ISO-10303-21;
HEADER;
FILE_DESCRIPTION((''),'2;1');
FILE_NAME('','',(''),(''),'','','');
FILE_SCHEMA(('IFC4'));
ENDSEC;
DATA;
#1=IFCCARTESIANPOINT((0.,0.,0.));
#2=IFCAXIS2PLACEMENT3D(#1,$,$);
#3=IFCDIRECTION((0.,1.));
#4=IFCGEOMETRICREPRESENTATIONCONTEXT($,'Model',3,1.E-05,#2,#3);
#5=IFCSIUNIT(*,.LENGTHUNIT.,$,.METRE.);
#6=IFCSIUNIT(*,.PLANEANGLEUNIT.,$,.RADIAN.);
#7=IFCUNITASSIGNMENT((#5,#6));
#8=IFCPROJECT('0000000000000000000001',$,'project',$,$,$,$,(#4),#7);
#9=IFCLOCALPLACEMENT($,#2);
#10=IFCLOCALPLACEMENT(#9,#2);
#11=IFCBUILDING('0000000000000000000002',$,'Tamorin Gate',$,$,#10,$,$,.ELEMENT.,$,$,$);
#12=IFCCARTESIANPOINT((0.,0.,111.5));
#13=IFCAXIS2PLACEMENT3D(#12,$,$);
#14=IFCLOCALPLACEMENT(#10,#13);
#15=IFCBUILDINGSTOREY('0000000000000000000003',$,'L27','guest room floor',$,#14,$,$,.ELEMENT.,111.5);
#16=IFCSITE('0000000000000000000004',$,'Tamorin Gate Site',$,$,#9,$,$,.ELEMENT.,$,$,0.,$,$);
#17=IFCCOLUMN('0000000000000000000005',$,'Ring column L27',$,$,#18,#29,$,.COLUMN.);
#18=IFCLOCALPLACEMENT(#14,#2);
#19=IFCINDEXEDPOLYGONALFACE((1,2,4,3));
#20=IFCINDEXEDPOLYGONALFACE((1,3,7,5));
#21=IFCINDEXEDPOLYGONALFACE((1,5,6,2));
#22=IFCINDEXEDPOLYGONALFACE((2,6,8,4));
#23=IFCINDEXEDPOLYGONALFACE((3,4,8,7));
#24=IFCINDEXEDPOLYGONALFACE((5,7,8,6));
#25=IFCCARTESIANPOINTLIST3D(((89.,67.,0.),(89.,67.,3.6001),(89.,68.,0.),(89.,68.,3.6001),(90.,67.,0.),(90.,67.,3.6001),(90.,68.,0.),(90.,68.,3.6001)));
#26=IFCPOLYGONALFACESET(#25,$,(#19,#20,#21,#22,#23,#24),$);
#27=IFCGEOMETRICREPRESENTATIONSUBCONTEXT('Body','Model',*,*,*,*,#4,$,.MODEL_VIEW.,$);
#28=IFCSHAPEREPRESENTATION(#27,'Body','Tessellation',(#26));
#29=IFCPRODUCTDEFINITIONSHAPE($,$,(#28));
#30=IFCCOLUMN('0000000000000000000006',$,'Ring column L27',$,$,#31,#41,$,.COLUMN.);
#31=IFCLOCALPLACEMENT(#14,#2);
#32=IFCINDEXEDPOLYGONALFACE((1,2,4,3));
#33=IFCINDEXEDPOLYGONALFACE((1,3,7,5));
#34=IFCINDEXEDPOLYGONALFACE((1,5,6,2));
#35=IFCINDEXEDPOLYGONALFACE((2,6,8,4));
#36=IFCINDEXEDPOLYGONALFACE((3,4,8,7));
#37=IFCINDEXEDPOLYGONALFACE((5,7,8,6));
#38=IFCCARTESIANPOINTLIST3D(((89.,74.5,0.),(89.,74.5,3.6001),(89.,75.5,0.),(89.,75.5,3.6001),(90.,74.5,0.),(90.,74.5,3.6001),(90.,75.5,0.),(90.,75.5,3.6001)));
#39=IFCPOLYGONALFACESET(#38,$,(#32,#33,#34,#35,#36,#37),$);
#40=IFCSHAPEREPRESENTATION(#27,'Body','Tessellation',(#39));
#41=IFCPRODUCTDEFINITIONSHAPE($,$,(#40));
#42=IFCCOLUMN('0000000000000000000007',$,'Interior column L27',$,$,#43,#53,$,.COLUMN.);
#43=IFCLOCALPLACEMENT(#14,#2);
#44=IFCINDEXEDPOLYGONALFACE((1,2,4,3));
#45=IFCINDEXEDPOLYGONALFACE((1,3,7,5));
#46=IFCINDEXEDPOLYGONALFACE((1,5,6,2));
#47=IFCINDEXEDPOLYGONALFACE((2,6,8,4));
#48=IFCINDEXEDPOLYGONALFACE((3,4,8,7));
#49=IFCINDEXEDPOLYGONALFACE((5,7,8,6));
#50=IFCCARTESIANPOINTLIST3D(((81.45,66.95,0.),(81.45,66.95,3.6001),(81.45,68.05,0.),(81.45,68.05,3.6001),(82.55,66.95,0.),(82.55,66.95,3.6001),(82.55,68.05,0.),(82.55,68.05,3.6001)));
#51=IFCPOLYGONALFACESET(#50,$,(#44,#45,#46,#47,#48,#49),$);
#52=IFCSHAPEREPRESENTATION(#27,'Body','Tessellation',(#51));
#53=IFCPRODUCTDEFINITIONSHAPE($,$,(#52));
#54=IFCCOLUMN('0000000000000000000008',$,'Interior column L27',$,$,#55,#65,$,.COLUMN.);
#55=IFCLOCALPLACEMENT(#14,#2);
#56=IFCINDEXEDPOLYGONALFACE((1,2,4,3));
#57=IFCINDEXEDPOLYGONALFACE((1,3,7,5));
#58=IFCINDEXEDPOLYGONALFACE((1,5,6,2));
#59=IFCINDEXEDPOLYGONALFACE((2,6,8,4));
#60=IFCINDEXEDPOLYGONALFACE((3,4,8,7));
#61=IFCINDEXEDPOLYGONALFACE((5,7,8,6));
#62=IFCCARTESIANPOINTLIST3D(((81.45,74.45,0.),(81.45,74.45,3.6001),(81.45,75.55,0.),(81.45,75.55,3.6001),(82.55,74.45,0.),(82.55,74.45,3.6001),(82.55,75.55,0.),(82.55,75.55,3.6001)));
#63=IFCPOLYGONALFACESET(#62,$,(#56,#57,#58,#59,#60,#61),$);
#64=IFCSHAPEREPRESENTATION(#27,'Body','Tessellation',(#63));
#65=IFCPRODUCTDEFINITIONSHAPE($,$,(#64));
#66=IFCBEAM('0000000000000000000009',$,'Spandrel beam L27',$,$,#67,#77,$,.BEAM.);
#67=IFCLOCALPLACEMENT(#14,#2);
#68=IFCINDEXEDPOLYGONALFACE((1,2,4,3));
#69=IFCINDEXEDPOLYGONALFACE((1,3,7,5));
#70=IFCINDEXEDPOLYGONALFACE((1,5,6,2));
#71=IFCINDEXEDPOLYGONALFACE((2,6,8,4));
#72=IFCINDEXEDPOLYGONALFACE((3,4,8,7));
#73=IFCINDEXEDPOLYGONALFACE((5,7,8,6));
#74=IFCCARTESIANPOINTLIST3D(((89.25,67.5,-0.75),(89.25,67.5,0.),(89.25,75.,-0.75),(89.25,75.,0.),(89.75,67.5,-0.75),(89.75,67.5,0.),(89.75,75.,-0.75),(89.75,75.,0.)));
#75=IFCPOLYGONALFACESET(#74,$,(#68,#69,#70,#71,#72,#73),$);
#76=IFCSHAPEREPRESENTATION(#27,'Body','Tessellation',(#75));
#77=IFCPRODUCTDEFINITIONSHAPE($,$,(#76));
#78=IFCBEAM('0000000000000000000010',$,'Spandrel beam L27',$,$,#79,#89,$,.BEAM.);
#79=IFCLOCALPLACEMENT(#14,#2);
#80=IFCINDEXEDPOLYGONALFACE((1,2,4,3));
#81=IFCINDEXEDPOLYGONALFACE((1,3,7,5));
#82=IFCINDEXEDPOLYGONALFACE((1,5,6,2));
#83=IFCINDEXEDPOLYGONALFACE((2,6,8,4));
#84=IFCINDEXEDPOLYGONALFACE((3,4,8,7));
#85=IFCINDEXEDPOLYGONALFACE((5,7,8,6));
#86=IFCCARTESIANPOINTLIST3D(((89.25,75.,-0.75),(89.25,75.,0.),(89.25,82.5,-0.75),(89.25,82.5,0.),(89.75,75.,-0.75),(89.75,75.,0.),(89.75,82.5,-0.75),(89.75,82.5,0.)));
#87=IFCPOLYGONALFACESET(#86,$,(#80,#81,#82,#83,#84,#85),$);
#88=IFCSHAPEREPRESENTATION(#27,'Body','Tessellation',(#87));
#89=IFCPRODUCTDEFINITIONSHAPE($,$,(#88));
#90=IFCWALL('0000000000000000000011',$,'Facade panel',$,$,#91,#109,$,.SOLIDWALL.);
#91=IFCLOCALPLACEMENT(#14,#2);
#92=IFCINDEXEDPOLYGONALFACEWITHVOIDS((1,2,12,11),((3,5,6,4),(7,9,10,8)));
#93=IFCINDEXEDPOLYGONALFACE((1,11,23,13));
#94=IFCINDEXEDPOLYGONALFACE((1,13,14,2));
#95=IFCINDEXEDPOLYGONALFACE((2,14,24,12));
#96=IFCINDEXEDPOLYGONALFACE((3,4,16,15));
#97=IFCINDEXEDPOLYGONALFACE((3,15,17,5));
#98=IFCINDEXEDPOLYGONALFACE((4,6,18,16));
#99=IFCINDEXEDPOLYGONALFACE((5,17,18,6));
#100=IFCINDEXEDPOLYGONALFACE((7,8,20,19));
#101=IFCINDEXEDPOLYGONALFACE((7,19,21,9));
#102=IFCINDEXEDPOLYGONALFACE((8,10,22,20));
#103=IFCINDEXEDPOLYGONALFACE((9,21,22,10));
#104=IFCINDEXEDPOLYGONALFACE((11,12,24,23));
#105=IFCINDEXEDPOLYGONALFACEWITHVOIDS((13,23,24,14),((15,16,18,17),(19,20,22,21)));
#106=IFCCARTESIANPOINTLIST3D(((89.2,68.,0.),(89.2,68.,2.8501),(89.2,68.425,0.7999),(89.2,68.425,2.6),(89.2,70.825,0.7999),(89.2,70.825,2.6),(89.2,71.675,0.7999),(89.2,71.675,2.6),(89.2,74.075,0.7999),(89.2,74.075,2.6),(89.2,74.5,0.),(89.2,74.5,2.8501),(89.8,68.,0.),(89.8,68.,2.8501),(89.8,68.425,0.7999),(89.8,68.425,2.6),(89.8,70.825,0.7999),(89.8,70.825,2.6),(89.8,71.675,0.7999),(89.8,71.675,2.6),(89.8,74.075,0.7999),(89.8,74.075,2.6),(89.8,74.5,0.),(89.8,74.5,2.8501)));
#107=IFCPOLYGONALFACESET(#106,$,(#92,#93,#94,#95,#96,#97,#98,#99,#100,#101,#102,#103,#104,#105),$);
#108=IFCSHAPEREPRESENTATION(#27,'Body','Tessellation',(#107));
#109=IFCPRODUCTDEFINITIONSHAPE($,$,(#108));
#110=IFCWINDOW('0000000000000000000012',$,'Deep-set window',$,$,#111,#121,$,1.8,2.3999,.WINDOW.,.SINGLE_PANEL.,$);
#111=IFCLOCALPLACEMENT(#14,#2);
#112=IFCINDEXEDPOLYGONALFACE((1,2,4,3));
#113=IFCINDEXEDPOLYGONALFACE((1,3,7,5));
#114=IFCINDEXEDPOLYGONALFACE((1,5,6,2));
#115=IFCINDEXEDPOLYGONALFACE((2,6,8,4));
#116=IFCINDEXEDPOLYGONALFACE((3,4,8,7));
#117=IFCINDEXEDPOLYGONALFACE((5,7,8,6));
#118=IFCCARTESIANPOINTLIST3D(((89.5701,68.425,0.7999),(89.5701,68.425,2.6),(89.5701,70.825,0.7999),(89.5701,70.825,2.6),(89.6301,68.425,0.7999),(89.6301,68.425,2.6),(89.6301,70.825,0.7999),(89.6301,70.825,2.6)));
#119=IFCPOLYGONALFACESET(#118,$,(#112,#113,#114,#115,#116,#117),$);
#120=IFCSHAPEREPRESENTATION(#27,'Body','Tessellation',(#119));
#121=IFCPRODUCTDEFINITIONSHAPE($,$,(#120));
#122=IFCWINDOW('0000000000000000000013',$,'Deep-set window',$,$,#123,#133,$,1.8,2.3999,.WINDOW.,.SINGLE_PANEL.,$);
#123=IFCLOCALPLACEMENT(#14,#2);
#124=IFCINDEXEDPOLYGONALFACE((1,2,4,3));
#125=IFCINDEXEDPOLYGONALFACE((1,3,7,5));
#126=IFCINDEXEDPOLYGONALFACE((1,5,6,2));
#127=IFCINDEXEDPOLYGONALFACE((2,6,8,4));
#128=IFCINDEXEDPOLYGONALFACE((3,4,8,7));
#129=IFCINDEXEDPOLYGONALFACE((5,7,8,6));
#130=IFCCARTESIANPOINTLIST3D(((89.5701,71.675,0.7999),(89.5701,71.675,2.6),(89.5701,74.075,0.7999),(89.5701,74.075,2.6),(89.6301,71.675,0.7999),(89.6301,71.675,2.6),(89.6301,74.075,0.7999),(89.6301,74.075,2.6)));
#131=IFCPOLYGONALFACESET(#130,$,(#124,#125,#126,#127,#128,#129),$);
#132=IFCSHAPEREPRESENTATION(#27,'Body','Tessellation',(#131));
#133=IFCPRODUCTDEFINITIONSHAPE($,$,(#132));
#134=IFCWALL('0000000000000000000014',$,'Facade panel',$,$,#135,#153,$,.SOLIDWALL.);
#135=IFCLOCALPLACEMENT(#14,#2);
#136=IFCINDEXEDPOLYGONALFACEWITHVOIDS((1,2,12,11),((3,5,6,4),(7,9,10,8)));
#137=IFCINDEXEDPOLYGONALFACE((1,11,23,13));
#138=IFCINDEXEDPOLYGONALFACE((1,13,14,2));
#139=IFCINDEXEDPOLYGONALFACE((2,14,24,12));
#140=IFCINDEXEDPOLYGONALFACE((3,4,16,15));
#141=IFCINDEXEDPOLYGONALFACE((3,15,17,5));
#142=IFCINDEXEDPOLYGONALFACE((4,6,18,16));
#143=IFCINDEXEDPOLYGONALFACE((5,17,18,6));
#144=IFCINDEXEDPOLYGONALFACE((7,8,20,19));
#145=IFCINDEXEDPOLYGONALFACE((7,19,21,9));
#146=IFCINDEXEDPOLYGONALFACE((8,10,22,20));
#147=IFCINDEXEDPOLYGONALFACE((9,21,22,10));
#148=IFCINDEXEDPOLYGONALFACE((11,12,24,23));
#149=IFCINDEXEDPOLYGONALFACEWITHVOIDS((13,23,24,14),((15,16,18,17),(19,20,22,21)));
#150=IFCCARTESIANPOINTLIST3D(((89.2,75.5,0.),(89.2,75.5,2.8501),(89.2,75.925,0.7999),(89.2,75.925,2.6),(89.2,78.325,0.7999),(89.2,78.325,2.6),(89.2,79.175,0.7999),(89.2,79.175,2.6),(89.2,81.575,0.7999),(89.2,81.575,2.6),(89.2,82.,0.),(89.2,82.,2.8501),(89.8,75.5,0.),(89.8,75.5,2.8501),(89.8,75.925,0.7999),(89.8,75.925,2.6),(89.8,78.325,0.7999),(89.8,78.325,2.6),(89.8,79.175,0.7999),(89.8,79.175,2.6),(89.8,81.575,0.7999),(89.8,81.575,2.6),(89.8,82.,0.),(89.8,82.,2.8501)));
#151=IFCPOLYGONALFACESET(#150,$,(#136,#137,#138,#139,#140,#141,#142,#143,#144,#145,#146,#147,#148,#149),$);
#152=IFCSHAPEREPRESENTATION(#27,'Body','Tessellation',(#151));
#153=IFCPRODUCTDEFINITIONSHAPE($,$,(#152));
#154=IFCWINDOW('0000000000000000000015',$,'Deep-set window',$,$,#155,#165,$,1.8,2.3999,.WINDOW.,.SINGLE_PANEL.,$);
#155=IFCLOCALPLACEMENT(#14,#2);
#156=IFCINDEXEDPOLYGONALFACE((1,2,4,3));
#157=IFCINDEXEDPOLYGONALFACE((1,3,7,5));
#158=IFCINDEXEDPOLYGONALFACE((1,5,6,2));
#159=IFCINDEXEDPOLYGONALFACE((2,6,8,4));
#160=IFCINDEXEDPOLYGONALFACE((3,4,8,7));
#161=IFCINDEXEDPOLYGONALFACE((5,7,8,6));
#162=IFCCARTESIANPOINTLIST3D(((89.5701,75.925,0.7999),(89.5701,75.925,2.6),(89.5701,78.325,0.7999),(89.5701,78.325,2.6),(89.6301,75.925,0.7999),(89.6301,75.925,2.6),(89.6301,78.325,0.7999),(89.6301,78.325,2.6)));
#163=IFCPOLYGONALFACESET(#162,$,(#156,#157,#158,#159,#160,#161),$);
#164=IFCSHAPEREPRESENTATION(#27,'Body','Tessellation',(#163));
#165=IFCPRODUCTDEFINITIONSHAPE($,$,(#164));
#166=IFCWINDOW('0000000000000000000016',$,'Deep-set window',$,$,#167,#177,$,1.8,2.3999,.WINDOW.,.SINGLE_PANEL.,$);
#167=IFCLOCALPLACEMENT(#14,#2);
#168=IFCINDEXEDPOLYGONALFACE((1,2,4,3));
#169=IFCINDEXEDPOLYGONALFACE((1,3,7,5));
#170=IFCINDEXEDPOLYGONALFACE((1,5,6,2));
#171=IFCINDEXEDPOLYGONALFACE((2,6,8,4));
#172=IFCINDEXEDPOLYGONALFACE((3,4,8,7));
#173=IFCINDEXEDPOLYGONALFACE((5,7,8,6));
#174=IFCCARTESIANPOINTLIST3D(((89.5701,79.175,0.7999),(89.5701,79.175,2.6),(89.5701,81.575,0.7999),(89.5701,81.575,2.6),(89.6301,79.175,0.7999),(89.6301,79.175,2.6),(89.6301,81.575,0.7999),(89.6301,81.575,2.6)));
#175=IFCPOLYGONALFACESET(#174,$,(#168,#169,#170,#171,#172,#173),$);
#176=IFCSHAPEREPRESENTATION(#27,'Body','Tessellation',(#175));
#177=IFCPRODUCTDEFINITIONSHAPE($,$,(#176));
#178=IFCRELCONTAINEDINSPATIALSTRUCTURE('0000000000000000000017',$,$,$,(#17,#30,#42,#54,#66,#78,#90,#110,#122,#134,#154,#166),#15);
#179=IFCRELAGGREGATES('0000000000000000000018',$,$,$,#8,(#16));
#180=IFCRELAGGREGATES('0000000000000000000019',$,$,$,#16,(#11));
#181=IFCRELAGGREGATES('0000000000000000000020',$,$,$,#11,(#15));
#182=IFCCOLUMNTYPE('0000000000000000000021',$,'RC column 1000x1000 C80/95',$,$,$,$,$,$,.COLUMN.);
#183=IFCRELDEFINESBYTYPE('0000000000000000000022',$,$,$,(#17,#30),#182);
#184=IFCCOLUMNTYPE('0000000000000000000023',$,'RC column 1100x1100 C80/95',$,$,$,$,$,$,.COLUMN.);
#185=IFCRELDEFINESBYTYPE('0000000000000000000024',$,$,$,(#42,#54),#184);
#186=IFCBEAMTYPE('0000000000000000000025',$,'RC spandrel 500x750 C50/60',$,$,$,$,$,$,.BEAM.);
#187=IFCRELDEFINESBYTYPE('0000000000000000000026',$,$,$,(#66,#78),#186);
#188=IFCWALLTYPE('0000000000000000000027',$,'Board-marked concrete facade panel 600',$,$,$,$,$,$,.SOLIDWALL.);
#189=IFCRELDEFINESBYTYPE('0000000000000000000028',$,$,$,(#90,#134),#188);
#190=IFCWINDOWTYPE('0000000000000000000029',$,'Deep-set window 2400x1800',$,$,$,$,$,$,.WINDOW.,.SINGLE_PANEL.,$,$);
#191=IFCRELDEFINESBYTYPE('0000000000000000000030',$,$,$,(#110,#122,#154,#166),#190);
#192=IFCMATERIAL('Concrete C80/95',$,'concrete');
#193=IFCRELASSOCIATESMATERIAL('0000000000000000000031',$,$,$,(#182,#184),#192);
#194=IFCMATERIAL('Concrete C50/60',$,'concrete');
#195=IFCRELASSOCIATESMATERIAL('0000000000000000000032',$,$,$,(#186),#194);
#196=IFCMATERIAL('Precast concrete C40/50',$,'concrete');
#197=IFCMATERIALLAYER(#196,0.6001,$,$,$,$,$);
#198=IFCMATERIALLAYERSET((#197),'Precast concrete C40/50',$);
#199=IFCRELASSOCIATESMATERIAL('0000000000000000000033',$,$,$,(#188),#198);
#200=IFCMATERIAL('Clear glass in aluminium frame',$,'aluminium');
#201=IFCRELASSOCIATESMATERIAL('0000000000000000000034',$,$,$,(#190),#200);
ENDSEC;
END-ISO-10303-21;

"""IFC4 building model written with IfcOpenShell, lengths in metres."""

from ifc_helpers import new_model, si_unit, direction, frame, frame_2d, origin, origin_2d, place, context, subcontext, project, spatial, rectangle, extrude, material, layer, layer_set, material_profile, profile_set, type_object, element, fill, save


model = new_model("IFC4")

# Units and contexts
model_context = context("Model", 3, precision=1e-05, world=origin(), true_north=direction((0.0, 1.0)))
body_context = subcontext(model_context, "Body", "Model", "MODEL_VIEW")
ifc_project = project(units=[si_unit("LENGTHUNIT", "METRE"), si_unit("PLANEANGLEUNIT", "RADIAN")], contexts=[model_context])

# Site, building, storey
site_placement = place(None, origin())
site = spatial("IfcSite", under=ifc_project, at=site_placement, Name="Tamorin Gate Site", CompositionType="ELEMENT", RefElevation=0.0)
building_placement = place(site_placement, origin())
building = spatial("IfcBuilding", under=site, at=building_placement, Name="Tamorin Gate", CompositionType="ELEMENT")
storey_placement = place(building_placement, frame((0.0, 0.0, 111.5)))
storey = spatial("IfcBuildingStorey", under=building, at=storey_placement, Name="L27", Description="guest room floor", CompositionType="ELEMENT", Elevation=111.5)

# Columns
ifc_material_1 = material(Name="Concrete C80/95", Category="concrete")
ifc_material_profile_1 = material_profile(ifc_material_1, rectangle(XDim=1.0, YDim=1.0, at=origin_2d()), Name="RC 1000x1000")
ifc_profile_set_1 = profile_set([ifc_material_profile_1], Name="Concrete C80/95")
column_type_1 = type_object("IfcColumnType", Name="RC column 1000x1000 C80/95", PredefinedType="COLUMN", material=ifc_profile_set_1)
for number, where, z_axis, x_axis, name in (
    (1, (89.5, 67.5, 0.0), (0.0, 0.0, 1.0), (1.0, 0.0, 0.0), "Ring column L27"),
    (2, (89.5, 75.0, 0.0), (0.0, 0.0, 1.0), (1.0, 0.0, 0.0), "Ring column L27"),
):
    element("IfcColumn", number, at=place(storey_placement, frame(where, z_axis=z_axis, x_axis=x_axis)), inside=storey, type_object=column_type_1, Name=name, PredefinedType="COLUMN", context=body_context, shape_type="SweptSolid", body=[
        extrude(rectangle(XDim=1.0, YDim=1.0, at=origin_2d()), origin(), (0.0, 0.0, 1.0), 3.6001),
    ])
ifc_material_profile_2 = material_profile(ifc_material_1, rectangle(XDim=1.1001, YDim=1.1001, at=origin_2d()), Name="RC 1100x1100")
ifc_profile_set_2 = profile_set([ifc_material_profile_2], Name="Concrete C80/95")
column_type_2 = type_object("IfcColumnType", Name="RC column 1100x1100 C80/95", PredefinedType="COLUMN", material=ifc_profile_set_2)
for number, where, z_axis, x_axis, name in (
    (3, (82.0, 67.5, 0.0), (0.0, 0.0, 1.0), (1.0, 0.0, 0.0), "Interior column L27"),
    (4, (82.0, 75.0, 0.0), (0.0, 0.0, 1.0), (1.0, 0.0, 0.0), "Interior column L27"),
):
    element("IfcColumn", number, at=place(storey_placement, frame(where, z_axis=z_axis, x_axis=x_axis)), inside=storey, type_object=column_type_2, Name=name, PredefinedType="COLUMN", context=body_context, shape_type="SweptSolid", body=[
        extrude(rectangle(XDim=1.1001, YDim=1.1001, at=origin_2d()), origin(), (0.0, 0.0, 1.0), 3.6001),
    ])

# Beams
ifc_material_2 = material(Name="Concrete C50/60", Category="concrete")
ifc_material_profile_3 = material_profile(ifc_material_2, rectangle(XDim=0.5, YDim=0.75, at=origin_2d()), Name="RC 500x750")
ifc_profile_set_3 = profile_set([ifc_material_profile_3], Name="Concrete C50/60")
beam_type = type_object("IfcBeamType", Name="RC spandrel 500x750 C50/60", PredefinedType="BEAM", material=ifc_profile_set_3)
for number, where, z_axis, x_axis, name in (
    (5, (89.5, 67.5, -0.375), (0.0, 1.0, 0.0), (-1.0, 0.0, 0.0), "Spandrel beam L27"),
    (6, (89.5, 75.0, -0.375), (0.0, 1.0, 0.0), (-1.0, 0.0, 0.0), "Spandrel beam L27"),
):
    element("IfcBeam", number, at=place(storey_placement, frame(where, z_axis=z_axis, x_axis=x_axis)), inside=storey, type_object=beam_type, Name=name, PredefinedType="BEAM", context=body_context, shape_type="SweptSolid", body=[
        extrude(rectangle(XDim=0.5, YDim=0.75, at=origin_2d()), origin(), (0.0, 0.0, 1.0), 7.5),
    ])

# Walls, openings, windows
ifc_material_3 = material(Name="Precast concrete C40/50", Category="concrete")
ifc_layer_1 = layer(ifc_material_3, 0.6001)
ifc_layer_set_1 = layer_set([ifc_layer_1], Name="Precast concrete C40/50")
wall_type_1 = type_object("IfcWallType", Name="Board-marked concrete facade panel 600", PredefinedType="SOLIDWALL", material=ifc_layer_set_1)
wall_1_placement = place(storey_placement, frame((89.5, 68.0, 0.0), z_axis=(0.0, 0.0, 1.0), x_axis=(0.0, 1.0, 0.0)))
wall_1 = element("IfcWall", 7, at=wall_1_placement, inside=storey, type_object=wall_type_1, Name="Facade panel", PredefinedType="SOLIDWALL", context=body_context, shape_type="SweptSolid", body=[
    extrude(rectangle(XDim=6.5, YDim=0.6001, at=frame_2d((3.25, 0.0))), origin(), (0.0, 0.0, 1.0), 2.8501),
])
opening_1_placement = place(wall_1_placement, frame((0.425, 0.0, 0.8)))
opening_1 = element("IfcOpeningElement", 8, at=opening_1_placement, cuts=wall_1, PredefinedType="OPENING", context=body_context, shape_type="SweptSolid", body=[
    extrude(rectangle(XDim=2.3999, YDim=1.8, at=frame_2d((1.2, 0.8999))), frame((0.0, 0.3101, 0.0), z_axis=(0.0, -1.0, 0.0), x_axis=(1.0, 0.0, 0.0)), (0.0, 0.0, 1.0), 0.6201),
])
opening_2_placement = place(wall_1_placement, frame((3.675, 0.0, 0.8)))
opening_2 = element("IfcOpeningElement", 9, at=opening_2_placement, cuts=wall_1, PredefinedType="OPENING", context=body_context, shape_type="SweptSolid", body=[
    extrude(rectangle(XDim=2.3999, YDim=1.8, at=frame_2d((1.2, 0.8999))), frame((0.0, 0.3101, 0.0), z_axis=(0.0, -1.0, 0.0), x_axis=(1.0, 0.0, 0.0)), (0.0, 0.0, 1.0), 0.6201),
])
ifc_material_4 = material(Name="Clear glass in aluminium frame", Category="aluminium")
window_type = type_object("IfcWindowType", Name="Deep-set window 2400x1800", PartitioningType="SINGLE_PANEL", PredefinedType="WINDOW", material=ifc_material_4)
window_1_placement = place(opening_1_placement, origin())
window_1 = element("IfcWindow", 10, at=window_1_placement, inside=storey, type_object=window_type, Name="Deep-set window", OverallHeight=1.8, OverallWidth=2.3999, PartitioningType="SINGLE_PANEL", PredefinedType="WINDOW", context=body_context, shape_type="SweptSolid", body=[
    extrude(rectangle(XDim=2.3999, YDim=1.8, at=frame_2d((1.2, 0.8999))), frame((0.0, -0.0701, 0.0), z_axis=(0.0, -1.0, 0.0), x_axis=(1.0, 0.0, 0.0)), (0.0, 0.0, 1.0), 0.0601),
])
fill(opening_1, window_1)
window_2_placement = place(opening_2_placement, origin())
window_2 = element("IfcWindow", 11, at=window_2_placement, inside=storey, type_object=window_type, Name="Deep-set window", OverallHeight=1.8, OverallWidth=2.3999, PartitioningType="SINGLE_PANEL", PredefinedType="WINDOW", context=body_context, shape_type="SweptSolid", body=[
    extrude(rectangle(XDim=2.3999, YDim=1.8, at=frame_2d((1.2, 0.8999))), frame((0.0, -0.0701, 0.0), z_axis=(0.0, -1.0, 0.0), x_axis=(1.0, 0.0, 0.0)), (0.0, 0.0, 1.0), 0.0601),
])
fill(opening_2, window_2)
wall_2_placement = place(storey_placement, frame((89.5, 75.5, 0.0), z_axis=(0.0, 0.0, 1.0), x_axis=(0.0, 1.0, 0.0)))
wall_2 = element("IfcWall", 12, at=wall_2_placement, inside=storey, type_object=wall_type_1, Name="Facade panel", PredefinedType="SOLIDWALL", context=body_context, shape_type="SweptSolid", body=[
    extrude(rectangle(XDim=6.5, YDim=0.6001, at=frame_2d((3.25, 0.0))), origin(), (0.0, 0.0, 1.0), 2.8501),
])
opening_3_placement = place(wall_2_placement, frame((0.425, 0.0, 0.8)))
opening_3 = element("IfcOpeningElement", 13, at=opening_3_placement, cuts=wall_2, PredefinedType="OPENING", context=body_context, shape_type="SweptSolid", body=[
    extrude(rectangle(XDim=2.3999, YDim=1.8, at=frame_2d((1.2, 0.8999))), frame((0.0, 0.3101, 0.0), z_axis=(0.0, -1.0, 0.0), x_axis=(1.0, 0.0, 0.0)), (0.0, 0.0, 1.0), 0.6201),
])
opening_4_placement = place(wall_2_placement, frame((3.675, 0.0, 0.8)))
opening_4 = element("IfcOpeningElement", 14, at=opening_4_placement, cuts=wall_2, PredefinedType="OPENING", context=body_context, shape_type="SweptSolid", body=[
    extrude(rectangle(XDim=2.3999, YDim=1.8, at=frame_2d((1.2, 0.8999))), frame((0.0, 0.3101, 0.0), z_axis=(0.0, -1.0, 0.0), x_axis=(1.0, 0.0, 0.0)), (0.0, 0.0, 1.0), 0.6201),
])
window_3_placement = place(opening_3_placement, origin())
window_3 = element("IfcWindow", 15, at=window_3_placement, inside=storey, type_object=window_type, Name="Deep-set window", OverallHeight=1.8, OverallWidth=2.3999, PartitioningType="SINGLE_PANEL", PredefinedType="WINDOW", context=body_context, shape_type="SweptSolid", body=[
    extrude(rectangle(XDim=2.3999, YDim=1.8, at=frame_2d((1.2, 0.8999))), frame((0.0, -0.0701, 0.0), z_axis=(0.0, -1.0, 0.0), x_axis=(1.0, 0.0, 0.0)), (0.0, 0.0, 1.0), 0.0601),
])
fill(opening_3, window_3)
window_4_placement = place(opening_4_placement, origin())
window_4 = element("IfcWindow", 16, at=window_4_placement, inside=storey, type_object=window_type, Name="Deep-set window", OverallHeight=1.8, OverallWidth=2.3999, PartitioningType="SINGLE_PANEL", PredefinedType="WINDOW", context=body_context, shape_type="SweptSolid", body=[
    extrude(rectangle(XDim=2.3999, YDim=1.8, at=frame_2d((1.2, 0.8999))), frame((0.0, -0.0701, 0.0), z_axis=(0.0, -1.0, 0.0), x_axis=(1.0, 0.0, 0.0)), (0.0, 0.0, 1.0), 0.0601),
])
fill(opening_4, window_4)

save(model, "model.ifc")
